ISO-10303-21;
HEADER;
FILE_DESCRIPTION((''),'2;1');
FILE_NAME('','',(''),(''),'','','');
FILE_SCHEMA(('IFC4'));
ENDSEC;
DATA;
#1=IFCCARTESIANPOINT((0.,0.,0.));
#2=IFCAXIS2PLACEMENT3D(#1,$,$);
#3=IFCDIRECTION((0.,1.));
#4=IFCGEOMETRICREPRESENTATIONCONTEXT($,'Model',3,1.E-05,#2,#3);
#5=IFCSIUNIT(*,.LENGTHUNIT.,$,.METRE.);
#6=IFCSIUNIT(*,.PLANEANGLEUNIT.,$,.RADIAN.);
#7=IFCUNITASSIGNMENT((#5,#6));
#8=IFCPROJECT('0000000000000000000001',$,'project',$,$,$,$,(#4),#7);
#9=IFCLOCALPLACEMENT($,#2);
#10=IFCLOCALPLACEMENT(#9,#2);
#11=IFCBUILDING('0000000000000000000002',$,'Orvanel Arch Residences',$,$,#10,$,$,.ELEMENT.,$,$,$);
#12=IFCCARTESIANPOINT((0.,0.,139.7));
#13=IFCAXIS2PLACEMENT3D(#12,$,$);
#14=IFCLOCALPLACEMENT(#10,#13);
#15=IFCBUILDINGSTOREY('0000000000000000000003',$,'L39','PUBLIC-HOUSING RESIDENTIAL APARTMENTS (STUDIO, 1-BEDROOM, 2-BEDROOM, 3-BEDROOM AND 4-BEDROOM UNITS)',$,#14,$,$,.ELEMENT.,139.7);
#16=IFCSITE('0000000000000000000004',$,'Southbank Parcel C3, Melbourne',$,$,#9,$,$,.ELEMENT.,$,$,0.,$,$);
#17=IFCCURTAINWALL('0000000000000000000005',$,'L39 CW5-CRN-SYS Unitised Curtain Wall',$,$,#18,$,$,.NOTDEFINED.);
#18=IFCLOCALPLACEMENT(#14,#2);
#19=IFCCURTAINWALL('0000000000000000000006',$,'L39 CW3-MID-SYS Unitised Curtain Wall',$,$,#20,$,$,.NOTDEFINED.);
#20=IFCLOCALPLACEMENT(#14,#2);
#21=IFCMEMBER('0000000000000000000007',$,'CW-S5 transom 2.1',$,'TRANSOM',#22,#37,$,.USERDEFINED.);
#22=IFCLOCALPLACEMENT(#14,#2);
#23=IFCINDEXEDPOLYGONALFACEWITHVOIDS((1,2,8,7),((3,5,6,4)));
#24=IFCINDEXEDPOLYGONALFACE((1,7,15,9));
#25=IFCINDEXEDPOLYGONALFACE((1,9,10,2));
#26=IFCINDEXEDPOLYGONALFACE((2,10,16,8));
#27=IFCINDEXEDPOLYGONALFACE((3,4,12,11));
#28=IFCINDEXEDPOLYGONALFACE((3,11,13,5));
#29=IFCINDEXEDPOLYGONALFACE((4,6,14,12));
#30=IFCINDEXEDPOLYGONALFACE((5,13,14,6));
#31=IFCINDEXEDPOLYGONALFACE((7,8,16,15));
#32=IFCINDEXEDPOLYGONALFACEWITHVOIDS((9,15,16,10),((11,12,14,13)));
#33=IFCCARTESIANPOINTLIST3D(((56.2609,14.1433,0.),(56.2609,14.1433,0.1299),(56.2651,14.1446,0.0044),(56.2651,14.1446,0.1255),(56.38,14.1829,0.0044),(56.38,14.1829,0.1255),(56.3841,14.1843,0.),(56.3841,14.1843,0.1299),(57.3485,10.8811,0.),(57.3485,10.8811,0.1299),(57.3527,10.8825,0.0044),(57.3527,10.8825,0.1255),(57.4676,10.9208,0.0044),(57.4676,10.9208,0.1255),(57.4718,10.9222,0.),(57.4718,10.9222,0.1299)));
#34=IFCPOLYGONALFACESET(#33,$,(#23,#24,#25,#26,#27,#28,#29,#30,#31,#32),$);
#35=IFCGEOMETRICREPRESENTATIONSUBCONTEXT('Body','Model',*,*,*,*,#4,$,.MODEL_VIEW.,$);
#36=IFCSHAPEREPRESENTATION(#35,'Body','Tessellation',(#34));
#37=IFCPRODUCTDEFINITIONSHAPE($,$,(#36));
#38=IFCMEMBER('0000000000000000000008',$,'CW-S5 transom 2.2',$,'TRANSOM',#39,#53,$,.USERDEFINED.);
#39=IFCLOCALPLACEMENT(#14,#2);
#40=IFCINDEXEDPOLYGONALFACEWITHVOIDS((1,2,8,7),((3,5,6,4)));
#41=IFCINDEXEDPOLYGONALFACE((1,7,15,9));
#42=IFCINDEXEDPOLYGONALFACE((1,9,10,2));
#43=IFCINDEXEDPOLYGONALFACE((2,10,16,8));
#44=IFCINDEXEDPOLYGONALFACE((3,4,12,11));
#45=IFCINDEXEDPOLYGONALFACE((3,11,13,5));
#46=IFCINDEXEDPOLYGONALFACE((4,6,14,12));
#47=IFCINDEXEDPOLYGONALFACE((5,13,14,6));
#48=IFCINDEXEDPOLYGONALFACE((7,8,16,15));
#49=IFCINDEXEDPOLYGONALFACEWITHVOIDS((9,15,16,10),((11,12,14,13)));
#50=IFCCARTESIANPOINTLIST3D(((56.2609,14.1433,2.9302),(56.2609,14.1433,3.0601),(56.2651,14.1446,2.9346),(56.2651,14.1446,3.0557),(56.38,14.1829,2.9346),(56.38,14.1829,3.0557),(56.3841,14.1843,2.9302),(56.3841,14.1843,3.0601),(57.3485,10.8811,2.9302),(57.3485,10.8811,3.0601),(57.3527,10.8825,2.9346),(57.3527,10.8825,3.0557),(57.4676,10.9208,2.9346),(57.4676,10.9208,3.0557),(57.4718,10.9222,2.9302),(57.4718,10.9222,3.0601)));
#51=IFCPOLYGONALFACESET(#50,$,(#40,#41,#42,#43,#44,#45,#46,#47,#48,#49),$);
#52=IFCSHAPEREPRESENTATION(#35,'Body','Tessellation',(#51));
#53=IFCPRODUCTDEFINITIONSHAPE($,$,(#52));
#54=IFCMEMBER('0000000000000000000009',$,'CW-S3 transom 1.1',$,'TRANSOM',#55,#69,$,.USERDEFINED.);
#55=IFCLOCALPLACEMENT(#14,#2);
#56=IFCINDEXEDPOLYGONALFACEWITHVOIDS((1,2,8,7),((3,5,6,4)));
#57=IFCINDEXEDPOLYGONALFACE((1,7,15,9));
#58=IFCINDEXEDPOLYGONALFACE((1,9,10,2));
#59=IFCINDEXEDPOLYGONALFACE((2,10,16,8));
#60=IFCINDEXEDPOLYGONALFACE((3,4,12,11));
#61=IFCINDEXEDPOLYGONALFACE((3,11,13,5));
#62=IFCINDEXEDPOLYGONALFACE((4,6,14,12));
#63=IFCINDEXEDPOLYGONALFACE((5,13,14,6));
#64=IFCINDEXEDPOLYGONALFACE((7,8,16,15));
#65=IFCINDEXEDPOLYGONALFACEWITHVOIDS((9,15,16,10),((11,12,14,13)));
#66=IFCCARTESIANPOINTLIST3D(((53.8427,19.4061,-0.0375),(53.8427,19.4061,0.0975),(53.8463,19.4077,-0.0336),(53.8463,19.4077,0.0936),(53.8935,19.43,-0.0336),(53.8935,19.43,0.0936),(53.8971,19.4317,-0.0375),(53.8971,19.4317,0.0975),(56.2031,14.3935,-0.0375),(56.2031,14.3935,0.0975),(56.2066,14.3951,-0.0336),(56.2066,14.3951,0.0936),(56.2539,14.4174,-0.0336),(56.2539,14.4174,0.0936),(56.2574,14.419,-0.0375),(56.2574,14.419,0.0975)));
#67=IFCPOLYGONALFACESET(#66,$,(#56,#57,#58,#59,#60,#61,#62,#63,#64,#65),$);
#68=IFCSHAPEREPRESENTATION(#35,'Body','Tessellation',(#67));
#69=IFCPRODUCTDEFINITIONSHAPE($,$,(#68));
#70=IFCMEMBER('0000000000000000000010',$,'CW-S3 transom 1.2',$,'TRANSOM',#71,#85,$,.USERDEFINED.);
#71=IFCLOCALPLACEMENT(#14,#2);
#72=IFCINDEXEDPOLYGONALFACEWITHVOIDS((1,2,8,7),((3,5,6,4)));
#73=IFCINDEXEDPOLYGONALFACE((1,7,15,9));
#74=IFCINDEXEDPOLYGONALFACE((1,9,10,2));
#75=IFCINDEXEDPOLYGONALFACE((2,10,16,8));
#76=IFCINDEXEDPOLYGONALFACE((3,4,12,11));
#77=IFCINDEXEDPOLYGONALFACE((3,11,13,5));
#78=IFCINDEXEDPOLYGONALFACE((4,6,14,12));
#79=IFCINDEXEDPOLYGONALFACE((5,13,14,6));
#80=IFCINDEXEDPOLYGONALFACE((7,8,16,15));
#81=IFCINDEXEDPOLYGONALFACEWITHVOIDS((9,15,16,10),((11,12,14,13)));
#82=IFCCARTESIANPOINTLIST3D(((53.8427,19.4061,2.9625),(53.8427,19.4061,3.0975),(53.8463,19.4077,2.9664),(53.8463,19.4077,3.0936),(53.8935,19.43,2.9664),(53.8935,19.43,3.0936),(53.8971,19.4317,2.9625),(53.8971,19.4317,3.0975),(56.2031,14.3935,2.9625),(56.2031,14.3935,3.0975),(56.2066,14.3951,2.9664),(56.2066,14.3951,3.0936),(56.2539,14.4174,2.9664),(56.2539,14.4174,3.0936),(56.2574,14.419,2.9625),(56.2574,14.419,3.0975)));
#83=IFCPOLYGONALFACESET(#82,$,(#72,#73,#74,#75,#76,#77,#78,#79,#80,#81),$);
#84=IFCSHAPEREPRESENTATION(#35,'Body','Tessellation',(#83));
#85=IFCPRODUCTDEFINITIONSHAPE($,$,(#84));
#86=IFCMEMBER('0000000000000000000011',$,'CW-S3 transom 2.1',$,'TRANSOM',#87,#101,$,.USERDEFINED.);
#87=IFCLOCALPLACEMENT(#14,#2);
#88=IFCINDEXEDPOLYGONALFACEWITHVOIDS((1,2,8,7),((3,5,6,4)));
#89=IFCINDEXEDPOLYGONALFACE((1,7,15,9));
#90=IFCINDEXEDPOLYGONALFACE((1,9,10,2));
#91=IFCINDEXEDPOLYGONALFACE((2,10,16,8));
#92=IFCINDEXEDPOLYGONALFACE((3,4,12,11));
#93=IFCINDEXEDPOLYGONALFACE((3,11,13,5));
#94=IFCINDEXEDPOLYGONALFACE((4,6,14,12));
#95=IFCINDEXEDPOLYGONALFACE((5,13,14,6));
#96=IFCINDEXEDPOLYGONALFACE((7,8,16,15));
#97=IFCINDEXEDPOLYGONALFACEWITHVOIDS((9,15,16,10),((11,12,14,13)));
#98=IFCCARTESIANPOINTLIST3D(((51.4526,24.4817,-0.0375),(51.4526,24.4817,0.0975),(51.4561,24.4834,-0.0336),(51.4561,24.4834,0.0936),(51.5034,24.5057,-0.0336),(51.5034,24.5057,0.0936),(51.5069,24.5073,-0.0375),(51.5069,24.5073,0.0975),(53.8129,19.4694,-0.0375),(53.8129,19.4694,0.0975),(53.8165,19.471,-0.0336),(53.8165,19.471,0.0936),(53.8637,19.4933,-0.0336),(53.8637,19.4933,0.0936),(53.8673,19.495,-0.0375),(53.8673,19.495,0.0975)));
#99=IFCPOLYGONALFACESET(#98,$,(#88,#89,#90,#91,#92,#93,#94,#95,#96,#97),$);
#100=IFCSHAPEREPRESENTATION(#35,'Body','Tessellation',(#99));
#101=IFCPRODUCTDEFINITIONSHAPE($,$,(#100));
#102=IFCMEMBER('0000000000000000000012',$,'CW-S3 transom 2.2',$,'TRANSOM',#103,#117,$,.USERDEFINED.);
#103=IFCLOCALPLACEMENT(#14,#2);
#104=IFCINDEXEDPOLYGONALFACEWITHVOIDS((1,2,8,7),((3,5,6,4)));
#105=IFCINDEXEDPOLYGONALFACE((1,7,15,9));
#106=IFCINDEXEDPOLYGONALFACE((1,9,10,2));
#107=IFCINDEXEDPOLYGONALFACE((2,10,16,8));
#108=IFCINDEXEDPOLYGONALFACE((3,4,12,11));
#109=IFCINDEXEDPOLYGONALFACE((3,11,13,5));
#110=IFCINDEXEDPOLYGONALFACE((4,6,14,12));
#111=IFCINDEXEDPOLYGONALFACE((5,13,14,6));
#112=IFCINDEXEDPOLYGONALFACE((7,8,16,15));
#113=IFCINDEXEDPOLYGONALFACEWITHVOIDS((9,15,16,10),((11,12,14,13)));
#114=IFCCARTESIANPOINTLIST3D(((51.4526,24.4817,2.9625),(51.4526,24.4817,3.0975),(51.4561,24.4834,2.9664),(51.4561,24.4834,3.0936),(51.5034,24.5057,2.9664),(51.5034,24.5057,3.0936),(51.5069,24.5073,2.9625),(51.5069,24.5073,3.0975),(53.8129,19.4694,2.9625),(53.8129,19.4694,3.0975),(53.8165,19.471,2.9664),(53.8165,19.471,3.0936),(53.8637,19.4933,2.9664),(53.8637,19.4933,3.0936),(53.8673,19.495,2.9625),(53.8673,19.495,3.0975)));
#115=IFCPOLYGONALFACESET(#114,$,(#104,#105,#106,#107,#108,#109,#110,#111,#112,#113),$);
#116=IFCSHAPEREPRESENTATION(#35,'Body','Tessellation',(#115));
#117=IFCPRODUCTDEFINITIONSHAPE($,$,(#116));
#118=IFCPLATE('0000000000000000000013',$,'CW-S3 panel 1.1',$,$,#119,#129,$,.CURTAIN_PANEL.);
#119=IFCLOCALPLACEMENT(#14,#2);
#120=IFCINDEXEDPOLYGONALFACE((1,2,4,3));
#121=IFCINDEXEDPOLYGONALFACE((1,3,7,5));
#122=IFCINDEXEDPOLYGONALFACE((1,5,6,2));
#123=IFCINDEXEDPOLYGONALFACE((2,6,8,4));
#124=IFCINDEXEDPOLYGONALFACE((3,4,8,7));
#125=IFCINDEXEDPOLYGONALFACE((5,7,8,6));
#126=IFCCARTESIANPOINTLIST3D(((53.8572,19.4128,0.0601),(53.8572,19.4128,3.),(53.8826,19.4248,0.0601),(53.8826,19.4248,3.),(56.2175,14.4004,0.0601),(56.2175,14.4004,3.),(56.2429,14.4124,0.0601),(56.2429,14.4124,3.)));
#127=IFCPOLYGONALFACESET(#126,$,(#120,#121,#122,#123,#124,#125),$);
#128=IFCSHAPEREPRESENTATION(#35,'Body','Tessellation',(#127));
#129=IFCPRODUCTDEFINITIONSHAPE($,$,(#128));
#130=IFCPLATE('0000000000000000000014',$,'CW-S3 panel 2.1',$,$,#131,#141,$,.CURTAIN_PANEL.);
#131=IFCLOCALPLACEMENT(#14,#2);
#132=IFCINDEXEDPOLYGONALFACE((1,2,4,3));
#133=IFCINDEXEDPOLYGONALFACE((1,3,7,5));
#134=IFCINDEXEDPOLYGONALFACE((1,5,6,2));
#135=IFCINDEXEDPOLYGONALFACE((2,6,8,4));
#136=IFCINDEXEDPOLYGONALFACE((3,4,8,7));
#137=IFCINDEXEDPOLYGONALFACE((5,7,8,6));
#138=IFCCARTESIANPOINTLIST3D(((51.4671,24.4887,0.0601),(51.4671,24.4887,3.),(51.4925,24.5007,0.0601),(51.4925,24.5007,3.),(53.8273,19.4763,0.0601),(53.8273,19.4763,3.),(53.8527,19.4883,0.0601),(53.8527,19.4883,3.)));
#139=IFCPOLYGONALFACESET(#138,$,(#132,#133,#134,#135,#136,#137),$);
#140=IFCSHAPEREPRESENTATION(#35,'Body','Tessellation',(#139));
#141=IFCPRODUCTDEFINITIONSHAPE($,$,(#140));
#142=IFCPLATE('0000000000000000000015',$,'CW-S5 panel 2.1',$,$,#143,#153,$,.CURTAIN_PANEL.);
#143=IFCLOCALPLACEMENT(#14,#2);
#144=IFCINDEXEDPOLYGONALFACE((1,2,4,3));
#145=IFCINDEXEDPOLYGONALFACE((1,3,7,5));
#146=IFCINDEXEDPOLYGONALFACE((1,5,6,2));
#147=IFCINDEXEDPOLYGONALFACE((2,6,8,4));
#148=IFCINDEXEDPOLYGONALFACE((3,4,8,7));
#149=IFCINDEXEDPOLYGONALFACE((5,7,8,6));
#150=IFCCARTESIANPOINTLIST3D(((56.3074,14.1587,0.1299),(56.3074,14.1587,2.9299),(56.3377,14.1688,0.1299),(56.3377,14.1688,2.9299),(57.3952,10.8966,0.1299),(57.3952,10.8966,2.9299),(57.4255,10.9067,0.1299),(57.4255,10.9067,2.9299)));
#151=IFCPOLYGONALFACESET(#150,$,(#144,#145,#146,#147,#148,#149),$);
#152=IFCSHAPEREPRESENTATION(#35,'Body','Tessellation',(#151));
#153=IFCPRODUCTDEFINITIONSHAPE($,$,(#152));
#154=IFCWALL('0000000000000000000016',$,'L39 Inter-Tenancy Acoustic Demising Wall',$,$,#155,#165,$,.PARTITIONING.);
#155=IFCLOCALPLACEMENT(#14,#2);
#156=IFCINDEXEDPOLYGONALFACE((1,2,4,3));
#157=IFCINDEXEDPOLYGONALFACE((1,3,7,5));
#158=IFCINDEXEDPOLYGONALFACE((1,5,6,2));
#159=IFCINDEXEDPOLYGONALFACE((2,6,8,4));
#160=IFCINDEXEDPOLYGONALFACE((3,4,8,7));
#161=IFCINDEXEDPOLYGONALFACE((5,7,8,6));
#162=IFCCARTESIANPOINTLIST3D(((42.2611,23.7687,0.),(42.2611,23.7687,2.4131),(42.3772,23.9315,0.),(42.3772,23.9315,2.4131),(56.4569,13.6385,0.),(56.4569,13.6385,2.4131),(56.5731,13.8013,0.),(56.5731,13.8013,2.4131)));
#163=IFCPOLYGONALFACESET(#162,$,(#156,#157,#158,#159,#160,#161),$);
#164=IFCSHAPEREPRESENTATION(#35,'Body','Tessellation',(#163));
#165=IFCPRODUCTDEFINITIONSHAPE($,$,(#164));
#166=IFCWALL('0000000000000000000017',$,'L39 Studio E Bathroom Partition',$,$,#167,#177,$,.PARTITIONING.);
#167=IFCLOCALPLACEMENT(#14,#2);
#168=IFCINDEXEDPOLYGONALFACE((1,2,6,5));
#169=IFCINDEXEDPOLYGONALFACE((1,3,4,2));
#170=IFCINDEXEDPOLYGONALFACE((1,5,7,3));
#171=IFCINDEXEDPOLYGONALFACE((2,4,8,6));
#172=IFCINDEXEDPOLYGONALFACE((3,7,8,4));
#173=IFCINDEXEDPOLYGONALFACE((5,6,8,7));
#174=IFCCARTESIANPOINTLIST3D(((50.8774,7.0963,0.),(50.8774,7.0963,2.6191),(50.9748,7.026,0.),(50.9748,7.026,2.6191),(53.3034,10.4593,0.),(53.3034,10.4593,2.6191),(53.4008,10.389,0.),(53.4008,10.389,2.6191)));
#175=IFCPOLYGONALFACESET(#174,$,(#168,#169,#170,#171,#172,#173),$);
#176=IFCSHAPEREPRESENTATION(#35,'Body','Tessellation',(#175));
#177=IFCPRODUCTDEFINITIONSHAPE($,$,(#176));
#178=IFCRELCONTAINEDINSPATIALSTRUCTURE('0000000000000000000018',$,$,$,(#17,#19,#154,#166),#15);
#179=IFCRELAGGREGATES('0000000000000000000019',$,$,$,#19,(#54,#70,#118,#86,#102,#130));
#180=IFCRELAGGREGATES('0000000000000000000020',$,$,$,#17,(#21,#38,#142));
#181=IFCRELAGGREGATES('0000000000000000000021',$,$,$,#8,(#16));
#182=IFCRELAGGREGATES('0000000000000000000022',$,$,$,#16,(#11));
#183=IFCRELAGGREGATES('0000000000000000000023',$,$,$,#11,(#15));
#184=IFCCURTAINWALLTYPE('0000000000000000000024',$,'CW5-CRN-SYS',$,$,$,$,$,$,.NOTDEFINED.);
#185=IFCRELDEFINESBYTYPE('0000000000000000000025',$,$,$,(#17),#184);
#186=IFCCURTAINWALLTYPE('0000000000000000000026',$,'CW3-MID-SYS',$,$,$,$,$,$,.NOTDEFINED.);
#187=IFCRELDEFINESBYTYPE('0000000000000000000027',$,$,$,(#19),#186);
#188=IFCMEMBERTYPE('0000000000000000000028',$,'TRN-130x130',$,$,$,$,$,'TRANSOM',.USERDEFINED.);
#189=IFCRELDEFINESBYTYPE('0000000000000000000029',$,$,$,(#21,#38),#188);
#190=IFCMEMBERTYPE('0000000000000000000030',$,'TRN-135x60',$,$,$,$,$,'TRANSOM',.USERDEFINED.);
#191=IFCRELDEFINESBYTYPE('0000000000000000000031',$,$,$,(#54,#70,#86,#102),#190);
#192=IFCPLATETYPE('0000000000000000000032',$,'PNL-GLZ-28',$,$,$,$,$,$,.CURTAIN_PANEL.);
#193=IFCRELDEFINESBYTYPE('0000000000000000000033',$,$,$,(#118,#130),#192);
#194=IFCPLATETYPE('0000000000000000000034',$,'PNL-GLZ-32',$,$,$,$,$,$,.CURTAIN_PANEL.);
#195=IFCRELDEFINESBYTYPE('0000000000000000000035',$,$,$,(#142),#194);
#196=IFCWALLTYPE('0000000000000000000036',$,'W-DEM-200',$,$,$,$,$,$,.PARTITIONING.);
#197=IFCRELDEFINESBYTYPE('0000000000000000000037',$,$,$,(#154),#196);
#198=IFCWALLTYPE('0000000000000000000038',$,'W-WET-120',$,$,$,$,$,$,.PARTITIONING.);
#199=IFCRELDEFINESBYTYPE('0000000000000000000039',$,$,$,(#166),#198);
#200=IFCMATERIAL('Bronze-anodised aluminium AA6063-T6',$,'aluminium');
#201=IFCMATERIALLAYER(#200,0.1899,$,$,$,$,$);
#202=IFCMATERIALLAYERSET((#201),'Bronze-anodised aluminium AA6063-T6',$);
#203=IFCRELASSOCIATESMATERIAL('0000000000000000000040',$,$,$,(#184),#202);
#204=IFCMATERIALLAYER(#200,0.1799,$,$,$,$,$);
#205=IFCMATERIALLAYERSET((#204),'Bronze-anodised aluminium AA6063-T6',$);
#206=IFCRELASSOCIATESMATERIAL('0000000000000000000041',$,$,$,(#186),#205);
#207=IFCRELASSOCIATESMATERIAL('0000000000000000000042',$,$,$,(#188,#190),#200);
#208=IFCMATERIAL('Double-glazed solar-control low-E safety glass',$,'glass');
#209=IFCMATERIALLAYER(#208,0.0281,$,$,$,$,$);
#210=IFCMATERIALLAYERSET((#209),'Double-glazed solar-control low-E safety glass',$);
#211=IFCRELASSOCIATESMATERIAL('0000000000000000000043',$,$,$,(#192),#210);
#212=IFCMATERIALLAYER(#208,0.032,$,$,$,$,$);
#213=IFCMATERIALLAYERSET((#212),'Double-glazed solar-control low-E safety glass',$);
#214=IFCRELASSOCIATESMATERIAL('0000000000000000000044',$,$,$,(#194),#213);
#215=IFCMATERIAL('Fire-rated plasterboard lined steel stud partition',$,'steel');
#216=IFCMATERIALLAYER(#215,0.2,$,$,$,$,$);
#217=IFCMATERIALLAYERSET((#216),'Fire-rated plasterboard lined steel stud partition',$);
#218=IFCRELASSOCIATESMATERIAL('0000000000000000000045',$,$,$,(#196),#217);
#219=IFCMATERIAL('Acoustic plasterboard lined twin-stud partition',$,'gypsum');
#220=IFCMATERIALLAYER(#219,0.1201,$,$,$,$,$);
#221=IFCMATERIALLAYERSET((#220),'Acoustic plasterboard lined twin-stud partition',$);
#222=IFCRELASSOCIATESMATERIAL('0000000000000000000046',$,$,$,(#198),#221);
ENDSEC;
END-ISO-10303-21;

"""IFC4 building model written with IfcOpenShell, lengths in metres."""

from ifc_helpers import new_model, si_unit, direction, frame, frame_2d, origin, origin_2d, place, context, subcontext, project, spatial, rectangle, hollow_rectangle, extrude, material, layer, layer_set, material_profile, profile_set, type_object, element, aggregate, save


model = new_model("IFC4")

# Units and contexts
model_context = context("Model", 3, precision=1e-05, world=origin(), true_north=direction((0.0, 1.0)))
body_context = subcontext(model_context, "Body", "Model", "MODEL_VIEW")
ifc_project = project(units=[si_unit("LENGTHUNIT", "METRE"), si_unit("PLANEANGLEUNIT", "RADIAN")], contexts=[model_context])

# Site, building, storey
site_placement = place(None, origin())
site = spatial("IfcSite", under=ifc_project, at=site_placement, Name="Southbank Parcel C3, Melbourne", CompositionType="ELEMENT", RefElevation=0.0)
building_placement = place(site_placement, origin())
building = spatial("IfcBuilding", under=site, at=building_placement, Name="Orvanel Arch Residences", CompositionType="ELEMENT")
storey_placement = place(building_placement, frame((0.0, 0.0, 139.7)))
storey = spatial("IfcBuildingStorey", under=building, at=storey_placement, Name="L39", Description="PUBLIC-HOUSING RESIDENTIAL APARTMENTS (STUDIO, 1-BEDROOM, 2-BEDROOM, 3-BEDROOM AND 4-BEDROOM UNITS)", CompositionType="ELEMENT", Elevation=139.7)

# Curtain walls
ifc_material_1 = material(Name="Bronze-anodised aluminium AA6063-T6", Category="aluminium")
ifc_layer_1 = layer(ifc_material_1, 0.1899)
ifc_layer_set_1 = layer_set([ifc_layer_1], Name="Bronze-anodised aluminium AA6063-T6")
curtain_wall_type_1 = type_object("IfcCurtainWallType", Name="CW5-CRN-SYS", PredefinedType="NOTDEFINED", material=ifc_layer_set_1)
curtain_wall_1_placement = place(storey_placement, origin())
curtain_wall_1 = element("IfcCurtainWall", 1, at=curtain_wall_1_placement, inside=storey, type_object=curtain_wall_type_1, Name="L39 CW5-CRN-SYS Unitised Curtain Wall", PredefinedType="NOTDEFINED")
ifc_layer_2 = layer(ifc_material_1, 0.1799)
ifc_layer_set_2 = layer_set([ifc_layer_2], Name="Bronze-anodised aluminium AA6063-T6")
curtain_wall_type_2 = type_object("IfcCurtainWallType", Name="CW3-MID-SYS", PredefinedType="NOTDEFINED", material=ifc_layer_set_2)
curtain_wall_2_placement = place(storey_placement, origin())
curtain_wall_2 = element("IfcCurtainWall", 2, at=curtain_wall_2_placement, inside=storey, type_object=curtain_wall_type_2, Name="L39 CW3-MID-SYS Unitised Curtain Wall", PredefinedType="NOTDEFINED")

# Members
ifc_material_profile_1 = material_profile(ifc_material_1, hollow_rectangle(XDim=0.1299, YDim=0.1299, WallThickness=0.0044, at=origin_2d()), Name="ALU130x130x4.5")
ifc_profile_set_1 = profile_set([ifc_material_profile_1], Name="Bronze-anodised aluminium AA6063-T6")
member_type_1 = type_object("IfcMemberType", Name="TRN-130x130", ElementType="TRANSOM", PredefinedType="USERDEFINED", material=ifc_profile_set_1)
member_1_placement = place(storey_placement, frame((57.4102, 10.9016, 0.0649), z_axis=(-0.316292, 0.948662, 0.0), x_axis=(-0.948662, -0.316292, 0.0)))
member_1 = element("IfcMember", 3, at=member_1_placement, type_object=member_type_1, Name="CW-S5 transom 2.1", ObjectType="TRANSOM", PredefinedType="USERDEFINED", context=body_context, shape_type="SweptSolid", body=[
    extrude(hollow_rectangle(XDim=0.1299, YDim=0.1299, WallThickness=0.0044, at=origin_2d()), origin(), (0.0, 0.0, 1.0), 3.4387),
])
member_2_placement = place(storey_placement, frame((57.4102, 10.9016, 2.9951), z_axis=(-0.316292, 0.948662, 0.0), x_axis=(-0.948662, -0.316292, 0.0)))
member_2 = element("IfcMember", 4, at=member_2_placement, type_object=member_type_1, Name="CW-S5 transom 2.2", ObjectType="TRANSOM", PredefinedType="USERDEFINED", context=body_context, shape_type="SweptSolid", body=[
    extrude(hollow_rectangle(XDim=0.1299, YDim=0.1299, WallThickness=0.0044, at=origin_2d()), origin(), (0.0, 0.0, 1.0), 3.4387),
])
ifc_material_profile_2 = material_profile(ifc_material_1, hollow_rectangle(XDim=0.0601, YDim=0.135, WallThickness=0.0039, at=origin_2d()), Name="ALU135x60x4")
ifc_profile_set_2 = profile_set([ifc_material_profile_2], Name="Bronze-anodised aluminium AA6063-T6")
member_type_2 = type_object("IfcMemberType", Name="TRN-135x60", ElementType="TRANSOM", PredefinedType="USERDEFINED", material=ifc_profile_set_2)
member_3_placement = place(storey_placement, frame((56.2302, 14.4062, 0.03), z_axis=(-0.426009, 0.904719, 0.0), x_axis=(-0.904719, -0.426009, 0.0)))
member_3 = element("IfcMember", 5, at=member_3_placement, type_object=member_type_2, Name="CW-S3 transom 1.1", ObjectType="TRANSOM", PredefinedType="USERDEFINED", context=body_context, shape_type="SweptSolid", body=[
    extrude(hollow_rectangle(XDim=0.0601, YDim=0.135, WallThickness=0.0039, at=origin_2d()), origin(), (0.0, 0.0, 1.0), 5.5405),
])
member_4_placement = place(storey_placement, frame((56.2302, 14.4062, 3.03), z_axis=(-0.426009, 0.904719, 0.0), x_axis=(-0.904719, -0.426009, 0.0)))
member_4 = element("IfcMember", 6, at=member_4_placement, type_object=member_type_2, Name="CW-S3 transom 1.2", ObjectType="TRANSOM", PredefinedType="USERDEFINED", context=body_context, shape_type="SweptSolid", body=[
    extrude(hollow_rectangle(XDim=0.0601, YDim=0.135, WallThickness=0.0039, at=origin_2d()), origin(), (0.0, 0.0, 1.0), 5.5405),
])
member_5_placement = place(storey_placement, frame((53.8401, 19.4822, 0.03), z_axis=(-0.426026, 0.904711, 0.0), x_axis=(-0.904711, -0.426026, 0.0)))
member_5 = element("IfcMember", 7, at=member_5_placement, type_object=member_type_2, Name="CW-S3 transom 2.1", ObjectType="TRANSOM", PredefinedType="USERDEFINED", context=body_context, shape_type="SweptSolid", body=[
    extrude(hollow_rectangle(XDim=0.0601, YDim=0.135, WallThickness=0.0039, at=origin_2d()), origin(), (0.0, 0.0, 1.0), 5.5403),
])
member_6_placement = place(storey_placement, frame((53.8401, 19.4822, 3.03), z_axis=(-0.426026, 0.904711, 0.0), x_axis=(-0.904711, -0.426026, 0.0)))
member_6 = element("IfcMember", 8, at=member_6_placement, type_object=member_type_2, Name="CW-S3 transom 2.2", ObjectType="TRANSOM", PredefinedType="USERDEFINED", context=body_context, shape_type="SweptSolid", body=[
    extrude(hollow_rectangle(XDim=0.0601, YDim=0.135, WallThickness=0.0039, at=origin_2d()), origin(), (0.0, 0.0, 1.0), 5.5403),
])

# Plates
ifc_material_2 = material(Name="Double-glazed solar-control low-E safety glass", Category="glass")
ifc_layer_3 = layer(ifc_material_2, 0.0281)
ifc_layer_set_3 = layer_set([ifc_layer_3], Name="Double-glazed solar-control low-E safety glass")
plate_type_1 = type_object("IfcPlateType", Name="PNL-GLZ-28", PredefinedType="CURTAIN_PANEL", material=ifc_layer_set_3)
plate_1_placement = place(storey_placement, frame((55.05, 16.9126, 0.0601), z_axis=(0.0, 0.0, 1.0), x_axis=(-0.42601, 0.904718, 0.0)))
plate_1 = element("IfcPlate", 9, at=plate_1_placement, type_object=plate_type_1, Name="CW-S3 panel 1.1", PredefinedType="CURTAIN_PANEL", context=body_context, shape_type="SweptSolid", body=[
    extrude(rectangle(XDim=5.5403, YDim=0.0281, at=origin_2d()), origin(), (0.0, 0.0, 1.0), 2.9399),
])
plate_2_placement = place(storey_placement, frame((52.6599, 21.9885, 0.0601), z_axis=(0.0, 0.0, 1.0), x_axis=(-0.42601, 0.904718, 0.0)))
plate_2 = element("IfcPlate", 10, at=plate_2_placement, type_object=plate_type_1, Name="CW-S3 panel 2.1", PredefinedType="CURTAIN_PANEL", context=body_context, shape_type="SweptSolid", body=[
    extrude(rectangle(XDim=5.5403, YDim=0.0281, at=origin_2d()), origin(), (0.0, 0.0, 1.0), 2.9399),
])
aggregate(curtain_wall_2, [member_3, member_4, plate_1, member_5, member_6, plate_2])
ifc_layer_4 = layer(ifc_material_2, 0.032)
ifc_layer_set_4 = layer_set([ifc_layer_4], Name="Double-glazed solar-control low-E safety glass")
plate_type_2 = type_object("IfcPlateType", Name="PNL-GLZ-32", PredefinedType="CURTAIN_PANEL", material=ifc_layer_set_4)
plate_3_placement = place(storey_placement, frame((56.8665, 12.5327, 0.1299), z_axis=(0.0, 0.0, 1.0), x_axis=(-0.316351, 0.948642, 0.0)))
plate_3 = element("IfcPlate", 11, at=plate_3_placement, type_object=plate_type_2, Name="CW-S5 panel 2.1", PredefinedType="CURTAIN_PANEL", context=body_context, shape_type="SweptSolid", body=[
    extrude(rectangle(XDim=3.4387, YDim=0.032, at=origin_2d()), origin(), (0.0, 0.0, 1.0), 2.8),
])
aggregate(curtain_wall_1, [member_1, member_2, plate_3])

# Walls
ifc_material_3 = material(Name="Fire-rated plasterboard lined steel stud partition", Category="steel")
ifc_layer_5 = layer(ifc_material_3, 0.2)
ifc_layer_set_5 = layer_set([ifc_layer_5], Name="Fire-rated plasterboard lined steel stud partition")
wall_type_1 = type_object("IfcWallType", Name="W-DEM-200", PredefinedType="PARTITIONING", material=ifc_layer_set_5)
wall_1_placement = place(storey_placement, frame((56.5149, 13.72, 0.0), z_axis=(0.0, 0.0, 1.0), x_axis=(-0.813997, 0.580869, 0.0)))
element("IfcWall", 12, at=wall_1_placement, inside=storey, type_object=wall_type_1, Name="L39 Inter-Tenancy Acoustic Demising Wall", PredefinedType="PARTITIONING", context=body_context, shape_type="SweptSolid", body=[
    extrude(rectangle(XDim=17.4397, YDim=0.2, at=frame_2d((8.7197, 0.0))), origin(), (0.0, 0.0, 1.0), 2.4131),
])
ifc_material_4 = material(Name="Acoustic plasterboard lined twin-stud partition", Category="gypsum")
ifc_layer_6 = layer(ifc_material_4, 0.1201)
ifc_layer_set_6 = layer_set([ifc_layer_6], Name="Acoustic plasterboard lined twin-stud partition")
wall_type_2 = type_object("IfcWallType", Name="W-WET-120", PredefinedType="PARTITIONING", material=ifc_layer_set_6)
wall_2_placement = place(storey_placement, frame((53.3521, 10.4241, 0.0), z_axis=(0.0, 0.0, 1.0), x_axis=(-0.585041, -0.811004, 0.0)))
element("IfcWall", 13, at=wall_2_placement, inside=storey, type_object=wall_type_2, Name="L39 Studio E Bathroom Partition", PredefinedType="PARTITIONING", context=body_context, shape_type="SweptSolid", body=[
    extrude(rectangle(XDim=4.1467, YDim=0.1201, at=frame_2d((2.0732, 0.0))), origin(), (0.0, 0.0, 1.0), 2.6191),
])

save(model, "model.ifc")
